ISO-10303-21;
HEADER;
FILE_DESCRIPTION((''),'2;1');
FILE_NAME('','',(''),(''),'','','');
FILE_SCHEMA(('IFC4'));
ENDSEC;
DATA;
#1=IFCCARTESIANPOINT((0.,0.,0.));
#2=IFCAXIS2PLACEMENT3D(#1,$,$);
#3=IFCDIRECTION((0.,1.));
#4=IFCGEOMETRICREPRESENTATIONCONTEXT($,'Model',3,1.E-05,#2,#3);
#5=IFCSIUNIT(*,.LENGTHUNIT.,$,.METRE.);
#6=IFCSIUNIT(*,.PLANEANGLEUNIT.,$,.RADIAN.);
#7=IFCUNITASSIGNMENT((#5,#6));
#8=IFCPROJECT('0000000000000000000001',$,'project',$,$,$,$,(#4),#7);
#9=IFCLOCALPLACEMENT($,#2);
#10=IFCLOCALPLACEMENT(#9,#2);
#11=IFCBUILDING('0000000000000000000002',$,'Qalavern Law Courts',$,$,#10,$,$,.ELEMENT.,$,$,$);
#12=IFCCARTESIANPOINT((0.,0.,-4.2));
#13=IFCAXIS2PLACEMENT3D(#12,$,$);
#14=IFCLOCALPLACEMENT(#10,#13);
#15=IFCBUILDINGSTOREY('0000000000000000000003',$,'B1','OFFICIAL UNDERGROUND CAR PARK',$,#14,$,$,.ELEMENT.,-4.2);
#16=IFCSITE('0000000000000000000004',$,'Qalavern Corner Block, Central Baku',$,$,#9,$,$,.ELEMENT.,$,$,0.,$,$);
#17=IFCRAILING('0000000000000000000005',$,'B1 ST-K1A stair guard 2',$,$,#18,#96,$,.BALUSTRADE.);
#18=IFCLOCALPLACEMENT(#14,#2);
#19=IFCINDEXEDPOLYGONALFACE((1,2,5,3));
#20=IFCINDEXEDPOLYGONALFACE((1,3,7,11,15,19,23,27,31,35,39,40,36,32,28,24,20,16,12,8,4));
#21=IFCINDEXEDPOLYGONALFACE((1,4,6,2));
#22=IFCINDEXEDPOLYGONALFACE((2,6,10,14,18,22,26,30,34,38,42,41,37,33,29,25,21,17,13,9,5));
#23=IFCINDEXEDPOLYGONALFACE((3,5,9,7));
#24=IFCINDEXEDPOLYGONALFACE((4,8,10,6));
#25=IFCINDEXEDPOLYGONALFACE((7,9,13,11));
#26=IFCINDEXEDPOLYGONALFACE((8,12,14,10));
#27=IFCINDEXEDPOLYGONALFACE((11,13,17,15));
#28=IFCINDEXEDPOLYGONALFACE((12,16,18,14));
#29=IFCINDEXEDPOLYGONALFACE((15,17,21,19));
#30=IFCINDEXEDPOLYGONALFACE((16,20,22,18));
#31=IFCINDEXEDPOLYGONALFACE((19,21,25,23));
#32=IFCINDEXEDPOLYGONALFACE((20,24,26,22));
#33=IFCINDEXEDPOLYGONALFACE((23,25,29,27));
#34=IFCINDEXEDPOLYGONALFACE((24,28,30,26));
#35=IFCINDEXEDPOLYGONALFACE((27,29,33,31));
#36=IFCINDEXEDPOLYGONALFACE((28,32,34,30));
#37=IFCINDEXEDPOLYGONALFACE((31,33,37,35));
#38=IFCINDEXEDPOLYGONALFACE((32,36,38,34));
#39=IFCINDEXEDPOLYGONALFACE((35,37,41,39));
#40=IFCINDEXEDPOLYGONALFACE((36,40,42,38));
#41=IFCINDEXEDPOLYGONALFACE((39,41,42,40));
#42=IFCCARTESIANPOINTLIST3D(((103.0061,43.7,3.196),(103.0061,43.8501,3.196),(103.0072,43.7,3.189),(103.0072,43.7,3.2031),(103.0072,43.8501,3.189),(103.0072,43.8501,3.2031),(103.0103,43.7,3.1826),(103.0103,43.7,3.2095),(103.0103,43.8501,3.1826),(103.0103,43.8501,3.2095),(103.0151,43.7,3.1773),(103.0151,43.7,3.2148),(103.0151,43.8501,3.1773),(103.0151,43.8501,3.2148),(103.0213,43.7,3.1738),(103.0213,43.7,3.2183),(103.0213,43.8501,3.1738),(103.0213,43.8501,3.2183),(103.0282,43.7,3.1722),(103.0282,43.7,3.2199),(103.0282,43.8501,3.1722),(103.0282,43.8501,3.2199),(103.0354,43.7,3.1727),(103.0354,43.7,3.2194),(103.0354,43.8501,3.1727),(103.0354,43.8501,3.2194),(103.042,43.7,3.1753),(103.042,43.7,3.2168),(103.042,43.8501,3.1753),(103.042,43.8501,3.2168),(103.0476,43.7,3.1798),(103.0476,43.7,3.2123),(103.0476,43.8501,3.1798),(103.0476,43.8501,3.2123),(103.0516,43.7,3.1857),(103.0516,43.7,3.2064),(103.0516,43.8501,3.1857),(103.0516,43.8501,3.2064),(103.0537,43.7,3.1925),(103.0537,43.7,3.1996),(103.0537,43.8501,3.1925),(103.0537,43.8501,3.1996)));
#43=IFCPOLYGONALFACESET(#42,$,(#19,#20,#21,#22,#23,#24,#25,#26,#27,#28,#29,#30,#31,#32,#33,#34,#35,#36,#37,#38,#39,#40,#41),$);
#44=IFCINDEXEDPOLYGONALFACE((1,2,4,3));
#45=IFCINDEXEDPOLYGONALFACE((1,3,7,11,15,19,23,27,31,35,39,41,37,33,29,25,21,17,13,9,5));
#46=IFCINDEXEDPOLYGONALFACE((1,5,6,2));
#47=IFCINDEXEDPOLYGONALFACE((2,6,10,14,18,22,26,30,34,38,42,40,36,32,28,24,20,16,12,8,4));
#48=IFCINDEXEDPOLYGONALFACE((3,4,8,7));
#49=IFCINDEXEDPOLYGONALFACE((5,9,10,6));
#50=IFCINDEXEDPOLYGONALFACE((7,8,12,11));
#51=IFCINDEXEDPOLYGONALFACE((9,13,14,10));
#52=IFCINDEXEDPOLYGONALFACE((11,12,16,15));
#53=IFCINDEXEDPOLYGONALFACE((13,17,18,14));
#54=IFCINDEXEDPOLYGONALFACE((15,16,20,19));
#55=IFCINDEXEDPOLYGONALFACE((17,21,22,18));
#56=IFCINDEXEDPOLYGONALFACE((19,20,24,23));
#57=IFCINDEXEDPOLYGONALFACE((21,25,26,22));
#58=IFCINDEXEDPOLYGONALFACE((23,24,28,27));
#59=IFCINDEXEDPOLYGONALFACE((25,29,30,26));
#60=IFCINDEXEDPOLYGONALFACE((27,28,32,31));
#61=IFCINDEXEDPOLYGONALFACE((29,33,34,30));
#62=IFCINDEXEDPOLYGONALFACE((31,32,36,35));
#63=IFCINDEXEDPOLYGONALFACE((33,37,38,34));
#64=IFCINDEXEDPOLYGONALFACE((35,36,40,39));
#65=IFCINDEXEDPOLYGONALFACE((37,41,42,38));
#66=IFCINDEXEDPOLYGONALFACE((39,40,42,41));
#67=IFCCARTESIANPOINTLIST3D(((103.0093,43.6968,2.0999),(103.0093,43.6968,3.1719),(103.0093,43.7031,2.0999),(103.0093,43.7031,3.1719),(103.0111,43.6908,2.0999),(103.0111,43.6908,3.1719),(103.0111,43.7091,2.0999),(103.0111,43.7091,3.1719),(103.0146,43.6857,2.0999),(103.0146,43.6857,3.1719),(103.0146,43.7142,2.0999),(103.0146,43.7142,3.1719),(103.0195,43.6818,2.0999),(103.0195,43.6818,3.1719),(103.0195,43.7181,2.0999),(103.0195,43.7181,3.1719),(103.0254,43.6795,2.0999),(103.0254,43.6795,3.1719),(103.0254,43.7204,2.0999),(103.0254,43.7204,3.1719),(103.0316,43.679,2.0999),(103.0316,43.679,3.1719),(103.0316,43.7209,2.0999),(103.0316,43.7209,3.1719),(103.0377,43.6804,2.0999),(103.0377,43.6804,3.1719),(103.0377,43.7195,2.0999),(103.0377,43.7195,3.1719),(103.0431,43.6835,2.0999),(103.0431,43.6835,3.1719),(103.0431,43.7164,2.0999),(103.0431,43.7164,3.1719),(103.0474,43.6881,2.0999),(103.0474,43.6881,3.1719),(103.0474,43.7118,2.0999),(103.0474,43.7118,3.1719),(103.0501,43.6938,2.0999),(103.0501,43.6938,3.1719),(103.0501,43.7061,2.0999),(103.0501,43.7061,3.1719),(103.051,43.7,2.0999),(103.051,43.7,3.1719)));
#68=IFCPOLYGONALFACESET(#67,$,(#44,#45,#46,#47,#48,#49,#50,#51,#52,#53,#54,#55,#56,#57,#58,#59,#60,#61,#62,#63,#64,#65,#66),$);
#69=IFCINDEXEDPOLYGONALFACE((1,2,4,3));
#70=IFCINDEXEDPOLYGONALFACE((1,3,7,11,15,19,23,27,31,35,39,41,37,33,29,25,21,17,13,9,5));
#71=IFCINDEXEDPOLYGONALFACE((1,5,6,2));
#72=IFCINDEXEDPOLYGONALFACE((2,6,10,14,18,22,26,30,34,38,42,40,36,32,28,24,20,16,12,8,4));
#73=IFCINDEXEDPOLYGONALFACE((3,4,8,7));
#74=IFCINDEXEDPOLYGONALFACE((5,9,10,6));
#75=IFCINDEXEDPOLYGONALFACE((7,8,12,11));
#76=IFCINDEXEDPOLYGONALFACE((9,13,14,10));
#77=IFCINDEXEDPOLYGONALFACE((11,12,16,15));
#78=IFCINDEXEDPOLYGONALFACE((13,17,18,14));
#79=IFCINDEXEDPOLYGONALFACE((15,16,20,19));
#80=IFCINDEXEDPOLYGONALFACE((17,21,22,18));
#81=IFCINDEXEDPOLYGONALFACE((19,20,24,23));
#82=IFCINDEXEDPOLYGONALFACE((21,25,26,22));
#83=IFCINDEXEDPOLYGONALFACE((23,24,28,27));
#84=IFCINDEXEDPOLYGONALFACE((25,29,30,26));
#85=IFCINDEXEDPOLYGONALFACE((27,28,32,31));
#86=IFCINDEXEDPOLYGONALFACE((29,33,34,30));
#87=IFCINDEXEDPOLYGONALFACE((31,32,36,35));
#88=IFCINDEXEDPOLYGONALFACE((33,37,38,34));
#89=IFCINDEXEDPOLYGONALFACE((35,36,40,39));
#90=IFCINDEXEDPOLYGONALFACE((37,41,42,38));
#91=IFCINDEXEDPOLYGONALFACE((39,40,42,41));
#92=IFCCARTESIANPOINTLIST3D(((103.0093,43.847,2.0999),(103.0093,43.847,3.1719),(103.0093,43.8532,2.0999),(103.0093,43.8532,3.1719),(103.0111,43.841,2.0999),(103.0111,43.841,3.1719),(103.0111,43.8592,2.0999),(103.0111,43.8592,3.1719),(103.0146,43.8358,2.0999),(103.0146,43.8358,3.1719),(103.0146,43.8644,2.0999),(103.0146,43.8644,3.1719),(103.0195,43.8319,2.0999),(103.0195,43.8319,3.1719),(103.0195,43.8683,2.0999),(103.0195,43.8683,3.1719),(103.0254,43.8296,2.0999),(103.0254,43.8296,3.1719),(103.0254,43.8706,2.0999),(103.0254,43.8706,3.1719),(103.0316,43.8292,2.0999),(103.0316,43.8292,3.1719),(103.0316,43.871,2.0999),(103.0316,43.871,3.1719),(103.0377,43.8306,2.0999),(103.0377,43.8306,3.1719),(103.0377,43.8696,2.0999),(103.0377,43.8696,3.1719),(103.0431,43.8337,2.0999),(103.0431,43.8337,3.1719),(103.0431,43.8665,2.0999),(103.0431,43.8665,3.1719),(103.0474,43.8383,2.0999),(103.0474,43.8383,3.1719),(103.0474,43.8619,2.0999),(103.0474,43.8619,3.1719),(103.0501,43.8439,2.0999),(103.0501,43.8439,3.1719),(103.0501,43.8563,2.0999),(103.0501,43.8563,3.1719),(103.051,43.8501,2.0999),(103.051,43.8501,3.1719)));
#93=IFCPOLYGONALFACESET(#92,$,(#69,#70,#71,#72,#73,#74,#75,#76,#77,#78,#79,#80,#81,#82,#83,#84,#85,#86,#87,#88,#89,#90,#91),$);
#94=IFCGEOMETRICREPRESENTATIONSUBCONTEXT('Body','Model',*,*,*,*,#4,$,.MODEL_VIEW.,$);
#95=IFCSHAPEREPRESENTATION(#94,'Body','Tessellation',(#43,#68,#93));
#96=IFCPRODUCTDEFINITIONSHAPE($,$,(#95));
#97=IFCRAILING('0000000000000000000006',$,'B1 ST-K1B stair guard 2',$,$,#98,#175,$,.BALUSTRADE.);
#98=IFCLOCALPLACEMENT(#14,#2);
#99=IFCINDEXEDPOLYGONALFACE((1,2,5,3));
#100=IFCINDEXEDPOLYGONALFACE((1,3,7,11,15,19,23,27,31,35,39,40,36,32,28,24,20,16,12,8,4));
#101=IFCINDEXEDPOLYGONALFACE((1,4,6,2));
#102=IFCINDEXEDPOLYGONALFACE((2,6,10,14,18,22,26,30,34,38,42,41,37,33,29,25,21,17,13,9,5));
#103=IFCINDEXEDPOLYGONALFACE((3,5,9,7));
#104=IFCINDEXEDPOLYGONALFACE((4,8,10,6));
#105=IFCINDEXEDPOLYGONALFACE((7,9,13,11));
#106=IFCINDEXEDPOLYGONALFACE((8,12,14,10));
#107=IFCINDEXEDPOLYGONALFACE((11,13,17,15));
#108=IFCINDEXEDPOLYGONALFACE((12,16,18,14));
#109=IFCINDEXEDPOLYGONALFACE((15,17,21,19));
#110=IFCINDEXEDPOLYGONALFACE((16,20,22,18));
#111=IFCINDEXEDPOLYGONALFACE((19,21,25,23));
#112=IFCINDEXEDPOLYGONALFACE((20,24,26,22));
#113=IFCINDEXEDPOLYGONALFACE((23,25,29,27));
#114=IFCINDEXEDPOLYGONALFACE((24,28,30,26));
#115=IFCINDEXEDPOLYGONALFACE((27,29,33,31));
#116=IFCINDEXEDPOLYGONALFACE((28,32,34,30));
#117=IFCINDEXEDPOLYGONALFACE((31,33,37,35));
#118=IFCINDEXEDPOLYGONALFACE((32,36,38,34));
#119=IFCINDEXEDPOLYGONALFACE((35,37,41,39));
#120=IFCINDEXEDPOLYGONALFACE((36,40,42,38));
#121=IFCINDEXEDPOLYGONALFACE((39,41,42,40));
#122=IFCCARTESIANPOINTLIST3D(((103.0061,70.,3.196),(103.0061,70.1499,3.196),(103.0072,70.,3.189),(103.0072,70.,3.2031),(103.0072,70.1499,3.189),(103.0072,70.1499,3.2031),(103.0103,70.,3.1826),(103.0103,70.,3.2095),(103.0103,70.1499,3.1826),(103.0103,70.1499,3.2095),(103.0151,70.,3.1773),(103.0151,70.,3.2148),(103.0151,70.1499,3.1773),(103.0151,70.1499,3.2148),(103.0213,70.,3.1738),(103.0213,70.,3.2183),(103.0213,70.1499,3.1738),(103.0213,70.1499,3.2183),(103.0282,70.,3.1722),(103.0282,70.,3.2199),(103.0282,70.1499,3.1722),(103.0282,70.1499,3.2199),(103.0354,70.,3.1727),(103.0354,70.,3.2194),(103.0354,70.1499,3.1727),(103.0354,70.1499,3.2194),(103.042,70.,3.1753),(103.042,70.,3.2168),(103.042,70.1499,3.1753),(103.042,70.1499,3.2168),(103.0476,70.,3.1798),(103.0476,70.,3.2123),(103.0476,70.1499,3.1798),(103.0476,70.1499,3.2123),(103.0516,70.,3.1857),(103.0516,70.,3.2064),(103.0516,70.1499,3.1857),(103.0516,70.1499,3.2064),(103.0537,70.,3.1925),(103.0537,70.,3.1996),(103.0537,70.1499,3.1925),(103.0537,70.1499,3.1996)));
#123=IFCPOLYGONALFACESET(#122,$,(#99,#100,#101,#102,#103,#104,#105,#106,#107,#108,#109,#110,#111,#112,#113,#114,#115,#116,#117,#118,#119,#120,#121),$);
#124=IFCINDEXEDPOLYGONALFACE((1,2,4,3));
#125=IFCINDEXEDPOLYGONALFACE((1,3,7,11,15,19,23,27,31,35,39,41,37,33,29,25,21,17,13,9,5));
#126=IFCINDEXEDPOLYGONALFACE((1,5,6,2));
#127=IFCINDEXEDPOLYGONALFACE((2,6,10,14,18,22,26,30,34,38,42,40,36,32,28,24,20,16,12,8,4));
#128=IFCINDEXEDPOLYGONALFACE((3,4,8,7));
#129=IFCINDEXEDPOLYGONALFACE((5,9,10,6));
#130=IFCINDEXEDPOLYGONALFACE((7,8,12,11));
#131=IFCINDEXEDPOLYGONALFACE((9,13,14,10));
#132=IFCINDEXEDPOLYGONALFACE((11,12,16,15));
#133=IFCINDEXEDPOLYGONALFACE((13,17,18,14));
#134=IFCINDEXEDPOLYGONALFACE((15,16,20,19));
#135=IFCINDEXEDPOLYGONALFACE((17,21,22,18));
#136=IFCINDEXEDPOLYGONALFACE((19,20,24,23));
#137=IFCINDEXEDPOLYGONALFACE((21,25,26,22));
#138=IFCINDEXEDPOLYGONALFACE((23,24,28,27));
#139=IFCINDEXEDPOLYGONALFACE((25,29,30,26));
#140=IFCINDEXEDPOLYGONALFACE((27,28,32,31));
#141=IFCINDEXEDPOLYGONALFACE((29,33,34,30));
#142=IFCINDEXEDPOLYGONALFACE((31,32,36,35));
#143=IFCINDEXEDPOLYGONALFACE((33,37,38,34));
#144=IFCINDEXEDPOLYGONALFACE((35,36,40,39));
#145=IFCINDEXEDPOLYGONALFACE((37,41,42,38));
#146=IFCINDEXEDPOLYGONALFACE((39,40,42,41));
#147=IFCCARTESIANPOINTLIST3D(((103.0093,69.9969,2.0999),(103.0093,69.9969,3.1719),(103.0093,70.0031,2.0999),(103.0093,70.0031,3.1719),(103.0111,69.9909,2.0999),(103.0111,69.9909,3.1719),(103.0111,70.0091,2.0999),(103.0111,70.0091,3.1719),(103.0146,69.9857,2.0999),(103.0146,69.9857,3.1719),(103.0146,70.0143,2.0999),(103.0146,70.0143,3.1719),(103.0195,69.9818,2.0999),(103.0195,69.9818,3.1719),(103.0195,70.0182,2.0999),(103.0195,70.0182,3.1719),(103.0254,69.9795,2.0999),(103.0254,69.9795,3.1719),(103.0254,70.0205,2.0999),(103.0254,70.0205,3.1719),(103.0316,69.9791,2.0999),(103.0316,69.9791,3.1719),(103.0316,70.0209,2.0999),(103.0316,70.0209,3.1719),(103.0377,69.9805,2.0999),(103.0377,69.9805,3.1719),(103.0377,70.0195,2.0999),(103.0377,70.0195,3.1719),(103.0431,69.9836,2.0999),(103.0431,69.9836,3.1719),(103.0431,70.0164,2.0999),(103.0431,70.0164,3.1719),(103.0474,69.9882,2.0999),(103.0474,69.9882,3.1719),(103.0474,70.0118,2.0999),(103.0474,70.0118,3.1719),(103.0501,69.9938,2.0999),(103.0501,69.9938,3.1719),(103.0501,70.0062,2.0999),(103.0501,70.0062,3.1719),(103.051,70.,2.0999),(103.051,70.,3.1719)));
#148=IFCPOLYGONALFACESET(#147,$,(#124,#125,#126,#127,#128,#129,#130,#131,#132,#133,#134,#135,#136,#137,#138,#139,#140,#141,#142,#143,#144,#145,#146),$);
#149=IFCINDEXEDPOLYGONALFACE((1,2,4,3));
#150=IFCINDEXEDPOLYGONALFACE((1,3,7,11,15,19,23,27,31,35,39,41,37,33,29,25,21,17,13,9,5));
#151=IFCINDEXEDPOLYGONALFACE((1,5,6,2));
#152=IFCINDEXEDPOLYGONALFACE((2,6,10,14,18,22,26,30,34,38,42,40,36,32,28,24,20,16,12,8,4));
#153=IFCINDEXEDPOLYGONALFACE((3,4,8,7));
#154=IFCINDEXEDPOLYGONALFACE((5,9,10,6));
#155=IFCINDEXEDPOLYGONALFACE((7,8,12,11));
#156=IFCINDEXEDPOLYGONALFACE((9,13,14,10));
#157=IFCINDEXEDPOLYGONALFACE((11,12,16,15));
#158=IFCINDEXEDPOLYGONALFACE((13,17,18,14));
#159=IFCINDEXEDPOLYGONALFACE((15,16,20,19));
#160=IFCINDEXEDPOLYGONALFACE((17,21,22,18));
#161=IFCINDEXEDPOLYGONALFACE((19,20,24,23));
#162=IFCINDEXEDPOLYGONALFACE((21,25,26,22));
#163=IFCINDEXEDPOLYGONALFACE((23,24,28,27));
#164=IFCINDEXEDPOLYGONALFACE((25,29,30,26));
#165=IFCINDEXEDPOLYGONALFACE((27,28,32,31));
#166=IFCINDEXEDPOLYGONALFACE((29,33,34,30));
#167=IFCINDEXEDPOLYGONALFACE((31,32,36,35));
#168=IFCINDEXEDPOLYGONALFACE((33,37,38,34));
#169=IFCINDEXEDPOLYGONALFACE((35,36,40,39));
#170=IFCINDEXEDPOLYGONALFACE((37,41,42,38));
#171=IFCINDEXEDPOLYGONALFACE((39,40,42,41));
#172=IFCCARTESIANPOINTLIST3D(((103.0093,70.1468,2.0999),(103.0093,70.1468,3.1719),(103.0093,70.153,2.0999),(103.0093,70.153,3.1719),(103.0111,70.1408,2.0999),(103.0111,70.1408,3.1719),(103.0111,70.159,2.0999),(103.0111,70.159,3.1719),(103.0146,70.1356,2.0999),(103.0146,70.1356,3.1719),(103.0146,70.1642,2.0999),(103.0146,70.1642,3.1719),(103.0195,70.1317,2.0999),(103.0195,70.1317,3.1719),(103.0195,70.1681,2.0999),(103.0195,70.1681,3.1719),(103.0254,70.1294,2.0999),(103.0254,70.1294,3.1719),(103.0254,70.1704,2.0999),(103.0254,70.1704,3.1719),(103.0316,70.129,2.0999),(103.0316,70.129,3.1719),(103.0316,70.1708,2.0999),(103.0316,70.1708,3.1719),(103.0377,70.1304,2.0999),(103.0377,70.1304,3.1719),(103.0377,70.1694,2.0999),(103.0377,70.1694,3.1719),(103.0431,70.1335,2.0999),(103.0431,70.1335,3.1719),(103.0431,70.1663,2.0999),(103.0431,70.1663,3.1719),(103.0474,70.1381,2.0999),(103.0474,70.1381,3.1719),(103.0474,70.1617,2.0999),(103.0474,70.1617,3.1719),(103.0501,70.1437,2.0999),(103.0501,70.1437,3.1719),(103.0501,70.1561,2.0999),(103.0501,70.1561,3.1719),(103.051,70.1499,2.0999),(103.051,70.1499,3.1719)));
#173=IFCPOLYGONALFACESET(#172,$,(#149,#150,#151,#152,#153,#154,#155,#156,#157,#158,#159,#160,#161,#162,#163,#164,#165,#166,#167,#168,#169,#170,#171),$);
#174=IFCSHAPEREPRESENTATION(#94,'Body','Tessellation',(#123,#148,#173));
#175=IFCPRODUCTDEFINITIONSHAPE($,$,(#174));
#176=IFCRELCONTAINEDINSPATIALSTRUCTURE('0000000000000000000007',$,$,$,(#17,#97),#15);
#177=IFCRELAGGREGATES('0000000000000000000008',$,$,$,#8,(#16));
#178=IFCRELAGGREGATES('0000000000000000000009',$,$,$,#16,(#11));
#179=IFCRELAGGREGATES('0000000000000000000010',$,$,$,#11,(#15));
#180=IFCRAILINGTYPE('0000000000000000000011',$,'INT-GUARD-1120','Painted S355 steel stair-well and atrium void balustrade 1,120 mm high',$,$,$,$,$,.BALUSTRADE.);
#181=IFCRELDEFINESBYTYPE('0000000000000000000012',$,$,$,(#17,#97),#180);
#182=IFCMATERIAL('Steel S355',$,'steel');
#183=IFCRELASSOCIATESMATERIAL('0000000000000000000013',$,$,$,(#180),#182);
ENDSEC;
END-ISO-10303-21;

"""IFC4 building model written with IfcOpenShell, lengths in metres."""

from ifc_helpers import new_model, si_unit, direction, frame, origin, origin_2d, place, context, subcontext, project, spatial, circle, extrude, material, type_object, element, save


model = new_model("IFC4")

# Units and contexts
model_context = context("Model", 3, precision=1e-05, world=origin(), true_north=direction((0.0, 1.0)))
body_context = subcontext(model_context, "Body", "Model", "MODEL_VIEW")
ifc_project = project(units=[si_unit("LENGTHUNIT", "METRE"), si_unit("PLANEANGLEUNIT", "RADIAN")], contexts=[model_context])

# Site, building, storey
site_placement = place(None, origin())
site = spatial("IfcSite", under=ifc_project, at=site_placement, Name="Qalavern Corner Block, Central Baku", CompositionType="ELEMENT", RefElevation=0.0)
building_placement = place(site_placement, origin())
building = spatial("IfcBuilding", under=site, at=building_placement, Name="Qalavern Law Courts", CompositionType="ELEMENT")
storey_placement = place(building_placement, frame((0.0, 0.0, -4.2)))
storey = spatial("IfcBuildingStorey", under=building, at=storey_placement, Name="B1", Description="OFFICIAL UNDERGROUND CAR PARK", CompositionType="ELEMENT", Elevation=-4.2)

# Shared definitions
ifc_material_1 = material(Name="Steel S355", Category="steel")

# Railings
railing_type_1 = type_object("IfcRailingType", Name="INT-GUARD-1120", Description="Painted S355 steel stair-well and atrium void balustrade 1,120 mm high", PredefinedType="BALUSTRADE", material=ifc_material_1)
railing_1_placement = place(storey_placement, frame((103.03, 43.7, 2.0999)))
element("IfcRailing", 1, at=railing_1_placement, inside=storey, type_object=railing_type_1, Name="B1 ST-K1A stair guard 2", PredefinedType="BALUSTRADE", context=body_context, shape_type="SweptSolid", body=[
    extrude(circle(Radius=0.0239, at=origin_2d()), frame((0.0, 0.0, 1.0962), z_axis=(0.0, 1.0, 0.0), x_axis=(-1.0, 0.0, 0.0)), (0.0, 0.0, 1.0), 0.1501),
    extrude(circle(Radius=0.021, at=origin_2d()), origin(), (0.0, 0.0, 1.0), 1.072),
    extrude(circle(Radius=0.021, at=origin_2d()), frame((0.0, 0.1501, 0.0)), (0.0, 0.0, 1.0), 1.072),
])
railing_2_placement = place(storey_placement, frame((103.03, 70.0, 2.0999)))
element("IfcRailing", 2, at=railing_2_placement, inside=storey, type_object=railing_type_1, Name="B1 ST-K1B stair guard 2", PredefinedType="BALUSTRADE", context=body_context, shape_type="SweptSolid", body=[
    extrude(circle(Radius=0.0239, at=origin_2d()), frame((0.0, 0.0, 1.0962), z_axis=(0.0, 1.0, 0.0), x_axis=(-1.0, 0.0, 0.0)), (0.0, 0.0, 1.0), 0.1499),
    extrude(circle(Radius=0.021, at=origin_2d()), origin(), (0.0, 0.0, 1.0), 1.072),
    extrude(circle(Radius=0.021, at=origin_2d()), frame((0.0, 0.1499, 0.0)), (0.0, 0.0, 1.0), 1.072),
])

save(model, "model.ifc")
